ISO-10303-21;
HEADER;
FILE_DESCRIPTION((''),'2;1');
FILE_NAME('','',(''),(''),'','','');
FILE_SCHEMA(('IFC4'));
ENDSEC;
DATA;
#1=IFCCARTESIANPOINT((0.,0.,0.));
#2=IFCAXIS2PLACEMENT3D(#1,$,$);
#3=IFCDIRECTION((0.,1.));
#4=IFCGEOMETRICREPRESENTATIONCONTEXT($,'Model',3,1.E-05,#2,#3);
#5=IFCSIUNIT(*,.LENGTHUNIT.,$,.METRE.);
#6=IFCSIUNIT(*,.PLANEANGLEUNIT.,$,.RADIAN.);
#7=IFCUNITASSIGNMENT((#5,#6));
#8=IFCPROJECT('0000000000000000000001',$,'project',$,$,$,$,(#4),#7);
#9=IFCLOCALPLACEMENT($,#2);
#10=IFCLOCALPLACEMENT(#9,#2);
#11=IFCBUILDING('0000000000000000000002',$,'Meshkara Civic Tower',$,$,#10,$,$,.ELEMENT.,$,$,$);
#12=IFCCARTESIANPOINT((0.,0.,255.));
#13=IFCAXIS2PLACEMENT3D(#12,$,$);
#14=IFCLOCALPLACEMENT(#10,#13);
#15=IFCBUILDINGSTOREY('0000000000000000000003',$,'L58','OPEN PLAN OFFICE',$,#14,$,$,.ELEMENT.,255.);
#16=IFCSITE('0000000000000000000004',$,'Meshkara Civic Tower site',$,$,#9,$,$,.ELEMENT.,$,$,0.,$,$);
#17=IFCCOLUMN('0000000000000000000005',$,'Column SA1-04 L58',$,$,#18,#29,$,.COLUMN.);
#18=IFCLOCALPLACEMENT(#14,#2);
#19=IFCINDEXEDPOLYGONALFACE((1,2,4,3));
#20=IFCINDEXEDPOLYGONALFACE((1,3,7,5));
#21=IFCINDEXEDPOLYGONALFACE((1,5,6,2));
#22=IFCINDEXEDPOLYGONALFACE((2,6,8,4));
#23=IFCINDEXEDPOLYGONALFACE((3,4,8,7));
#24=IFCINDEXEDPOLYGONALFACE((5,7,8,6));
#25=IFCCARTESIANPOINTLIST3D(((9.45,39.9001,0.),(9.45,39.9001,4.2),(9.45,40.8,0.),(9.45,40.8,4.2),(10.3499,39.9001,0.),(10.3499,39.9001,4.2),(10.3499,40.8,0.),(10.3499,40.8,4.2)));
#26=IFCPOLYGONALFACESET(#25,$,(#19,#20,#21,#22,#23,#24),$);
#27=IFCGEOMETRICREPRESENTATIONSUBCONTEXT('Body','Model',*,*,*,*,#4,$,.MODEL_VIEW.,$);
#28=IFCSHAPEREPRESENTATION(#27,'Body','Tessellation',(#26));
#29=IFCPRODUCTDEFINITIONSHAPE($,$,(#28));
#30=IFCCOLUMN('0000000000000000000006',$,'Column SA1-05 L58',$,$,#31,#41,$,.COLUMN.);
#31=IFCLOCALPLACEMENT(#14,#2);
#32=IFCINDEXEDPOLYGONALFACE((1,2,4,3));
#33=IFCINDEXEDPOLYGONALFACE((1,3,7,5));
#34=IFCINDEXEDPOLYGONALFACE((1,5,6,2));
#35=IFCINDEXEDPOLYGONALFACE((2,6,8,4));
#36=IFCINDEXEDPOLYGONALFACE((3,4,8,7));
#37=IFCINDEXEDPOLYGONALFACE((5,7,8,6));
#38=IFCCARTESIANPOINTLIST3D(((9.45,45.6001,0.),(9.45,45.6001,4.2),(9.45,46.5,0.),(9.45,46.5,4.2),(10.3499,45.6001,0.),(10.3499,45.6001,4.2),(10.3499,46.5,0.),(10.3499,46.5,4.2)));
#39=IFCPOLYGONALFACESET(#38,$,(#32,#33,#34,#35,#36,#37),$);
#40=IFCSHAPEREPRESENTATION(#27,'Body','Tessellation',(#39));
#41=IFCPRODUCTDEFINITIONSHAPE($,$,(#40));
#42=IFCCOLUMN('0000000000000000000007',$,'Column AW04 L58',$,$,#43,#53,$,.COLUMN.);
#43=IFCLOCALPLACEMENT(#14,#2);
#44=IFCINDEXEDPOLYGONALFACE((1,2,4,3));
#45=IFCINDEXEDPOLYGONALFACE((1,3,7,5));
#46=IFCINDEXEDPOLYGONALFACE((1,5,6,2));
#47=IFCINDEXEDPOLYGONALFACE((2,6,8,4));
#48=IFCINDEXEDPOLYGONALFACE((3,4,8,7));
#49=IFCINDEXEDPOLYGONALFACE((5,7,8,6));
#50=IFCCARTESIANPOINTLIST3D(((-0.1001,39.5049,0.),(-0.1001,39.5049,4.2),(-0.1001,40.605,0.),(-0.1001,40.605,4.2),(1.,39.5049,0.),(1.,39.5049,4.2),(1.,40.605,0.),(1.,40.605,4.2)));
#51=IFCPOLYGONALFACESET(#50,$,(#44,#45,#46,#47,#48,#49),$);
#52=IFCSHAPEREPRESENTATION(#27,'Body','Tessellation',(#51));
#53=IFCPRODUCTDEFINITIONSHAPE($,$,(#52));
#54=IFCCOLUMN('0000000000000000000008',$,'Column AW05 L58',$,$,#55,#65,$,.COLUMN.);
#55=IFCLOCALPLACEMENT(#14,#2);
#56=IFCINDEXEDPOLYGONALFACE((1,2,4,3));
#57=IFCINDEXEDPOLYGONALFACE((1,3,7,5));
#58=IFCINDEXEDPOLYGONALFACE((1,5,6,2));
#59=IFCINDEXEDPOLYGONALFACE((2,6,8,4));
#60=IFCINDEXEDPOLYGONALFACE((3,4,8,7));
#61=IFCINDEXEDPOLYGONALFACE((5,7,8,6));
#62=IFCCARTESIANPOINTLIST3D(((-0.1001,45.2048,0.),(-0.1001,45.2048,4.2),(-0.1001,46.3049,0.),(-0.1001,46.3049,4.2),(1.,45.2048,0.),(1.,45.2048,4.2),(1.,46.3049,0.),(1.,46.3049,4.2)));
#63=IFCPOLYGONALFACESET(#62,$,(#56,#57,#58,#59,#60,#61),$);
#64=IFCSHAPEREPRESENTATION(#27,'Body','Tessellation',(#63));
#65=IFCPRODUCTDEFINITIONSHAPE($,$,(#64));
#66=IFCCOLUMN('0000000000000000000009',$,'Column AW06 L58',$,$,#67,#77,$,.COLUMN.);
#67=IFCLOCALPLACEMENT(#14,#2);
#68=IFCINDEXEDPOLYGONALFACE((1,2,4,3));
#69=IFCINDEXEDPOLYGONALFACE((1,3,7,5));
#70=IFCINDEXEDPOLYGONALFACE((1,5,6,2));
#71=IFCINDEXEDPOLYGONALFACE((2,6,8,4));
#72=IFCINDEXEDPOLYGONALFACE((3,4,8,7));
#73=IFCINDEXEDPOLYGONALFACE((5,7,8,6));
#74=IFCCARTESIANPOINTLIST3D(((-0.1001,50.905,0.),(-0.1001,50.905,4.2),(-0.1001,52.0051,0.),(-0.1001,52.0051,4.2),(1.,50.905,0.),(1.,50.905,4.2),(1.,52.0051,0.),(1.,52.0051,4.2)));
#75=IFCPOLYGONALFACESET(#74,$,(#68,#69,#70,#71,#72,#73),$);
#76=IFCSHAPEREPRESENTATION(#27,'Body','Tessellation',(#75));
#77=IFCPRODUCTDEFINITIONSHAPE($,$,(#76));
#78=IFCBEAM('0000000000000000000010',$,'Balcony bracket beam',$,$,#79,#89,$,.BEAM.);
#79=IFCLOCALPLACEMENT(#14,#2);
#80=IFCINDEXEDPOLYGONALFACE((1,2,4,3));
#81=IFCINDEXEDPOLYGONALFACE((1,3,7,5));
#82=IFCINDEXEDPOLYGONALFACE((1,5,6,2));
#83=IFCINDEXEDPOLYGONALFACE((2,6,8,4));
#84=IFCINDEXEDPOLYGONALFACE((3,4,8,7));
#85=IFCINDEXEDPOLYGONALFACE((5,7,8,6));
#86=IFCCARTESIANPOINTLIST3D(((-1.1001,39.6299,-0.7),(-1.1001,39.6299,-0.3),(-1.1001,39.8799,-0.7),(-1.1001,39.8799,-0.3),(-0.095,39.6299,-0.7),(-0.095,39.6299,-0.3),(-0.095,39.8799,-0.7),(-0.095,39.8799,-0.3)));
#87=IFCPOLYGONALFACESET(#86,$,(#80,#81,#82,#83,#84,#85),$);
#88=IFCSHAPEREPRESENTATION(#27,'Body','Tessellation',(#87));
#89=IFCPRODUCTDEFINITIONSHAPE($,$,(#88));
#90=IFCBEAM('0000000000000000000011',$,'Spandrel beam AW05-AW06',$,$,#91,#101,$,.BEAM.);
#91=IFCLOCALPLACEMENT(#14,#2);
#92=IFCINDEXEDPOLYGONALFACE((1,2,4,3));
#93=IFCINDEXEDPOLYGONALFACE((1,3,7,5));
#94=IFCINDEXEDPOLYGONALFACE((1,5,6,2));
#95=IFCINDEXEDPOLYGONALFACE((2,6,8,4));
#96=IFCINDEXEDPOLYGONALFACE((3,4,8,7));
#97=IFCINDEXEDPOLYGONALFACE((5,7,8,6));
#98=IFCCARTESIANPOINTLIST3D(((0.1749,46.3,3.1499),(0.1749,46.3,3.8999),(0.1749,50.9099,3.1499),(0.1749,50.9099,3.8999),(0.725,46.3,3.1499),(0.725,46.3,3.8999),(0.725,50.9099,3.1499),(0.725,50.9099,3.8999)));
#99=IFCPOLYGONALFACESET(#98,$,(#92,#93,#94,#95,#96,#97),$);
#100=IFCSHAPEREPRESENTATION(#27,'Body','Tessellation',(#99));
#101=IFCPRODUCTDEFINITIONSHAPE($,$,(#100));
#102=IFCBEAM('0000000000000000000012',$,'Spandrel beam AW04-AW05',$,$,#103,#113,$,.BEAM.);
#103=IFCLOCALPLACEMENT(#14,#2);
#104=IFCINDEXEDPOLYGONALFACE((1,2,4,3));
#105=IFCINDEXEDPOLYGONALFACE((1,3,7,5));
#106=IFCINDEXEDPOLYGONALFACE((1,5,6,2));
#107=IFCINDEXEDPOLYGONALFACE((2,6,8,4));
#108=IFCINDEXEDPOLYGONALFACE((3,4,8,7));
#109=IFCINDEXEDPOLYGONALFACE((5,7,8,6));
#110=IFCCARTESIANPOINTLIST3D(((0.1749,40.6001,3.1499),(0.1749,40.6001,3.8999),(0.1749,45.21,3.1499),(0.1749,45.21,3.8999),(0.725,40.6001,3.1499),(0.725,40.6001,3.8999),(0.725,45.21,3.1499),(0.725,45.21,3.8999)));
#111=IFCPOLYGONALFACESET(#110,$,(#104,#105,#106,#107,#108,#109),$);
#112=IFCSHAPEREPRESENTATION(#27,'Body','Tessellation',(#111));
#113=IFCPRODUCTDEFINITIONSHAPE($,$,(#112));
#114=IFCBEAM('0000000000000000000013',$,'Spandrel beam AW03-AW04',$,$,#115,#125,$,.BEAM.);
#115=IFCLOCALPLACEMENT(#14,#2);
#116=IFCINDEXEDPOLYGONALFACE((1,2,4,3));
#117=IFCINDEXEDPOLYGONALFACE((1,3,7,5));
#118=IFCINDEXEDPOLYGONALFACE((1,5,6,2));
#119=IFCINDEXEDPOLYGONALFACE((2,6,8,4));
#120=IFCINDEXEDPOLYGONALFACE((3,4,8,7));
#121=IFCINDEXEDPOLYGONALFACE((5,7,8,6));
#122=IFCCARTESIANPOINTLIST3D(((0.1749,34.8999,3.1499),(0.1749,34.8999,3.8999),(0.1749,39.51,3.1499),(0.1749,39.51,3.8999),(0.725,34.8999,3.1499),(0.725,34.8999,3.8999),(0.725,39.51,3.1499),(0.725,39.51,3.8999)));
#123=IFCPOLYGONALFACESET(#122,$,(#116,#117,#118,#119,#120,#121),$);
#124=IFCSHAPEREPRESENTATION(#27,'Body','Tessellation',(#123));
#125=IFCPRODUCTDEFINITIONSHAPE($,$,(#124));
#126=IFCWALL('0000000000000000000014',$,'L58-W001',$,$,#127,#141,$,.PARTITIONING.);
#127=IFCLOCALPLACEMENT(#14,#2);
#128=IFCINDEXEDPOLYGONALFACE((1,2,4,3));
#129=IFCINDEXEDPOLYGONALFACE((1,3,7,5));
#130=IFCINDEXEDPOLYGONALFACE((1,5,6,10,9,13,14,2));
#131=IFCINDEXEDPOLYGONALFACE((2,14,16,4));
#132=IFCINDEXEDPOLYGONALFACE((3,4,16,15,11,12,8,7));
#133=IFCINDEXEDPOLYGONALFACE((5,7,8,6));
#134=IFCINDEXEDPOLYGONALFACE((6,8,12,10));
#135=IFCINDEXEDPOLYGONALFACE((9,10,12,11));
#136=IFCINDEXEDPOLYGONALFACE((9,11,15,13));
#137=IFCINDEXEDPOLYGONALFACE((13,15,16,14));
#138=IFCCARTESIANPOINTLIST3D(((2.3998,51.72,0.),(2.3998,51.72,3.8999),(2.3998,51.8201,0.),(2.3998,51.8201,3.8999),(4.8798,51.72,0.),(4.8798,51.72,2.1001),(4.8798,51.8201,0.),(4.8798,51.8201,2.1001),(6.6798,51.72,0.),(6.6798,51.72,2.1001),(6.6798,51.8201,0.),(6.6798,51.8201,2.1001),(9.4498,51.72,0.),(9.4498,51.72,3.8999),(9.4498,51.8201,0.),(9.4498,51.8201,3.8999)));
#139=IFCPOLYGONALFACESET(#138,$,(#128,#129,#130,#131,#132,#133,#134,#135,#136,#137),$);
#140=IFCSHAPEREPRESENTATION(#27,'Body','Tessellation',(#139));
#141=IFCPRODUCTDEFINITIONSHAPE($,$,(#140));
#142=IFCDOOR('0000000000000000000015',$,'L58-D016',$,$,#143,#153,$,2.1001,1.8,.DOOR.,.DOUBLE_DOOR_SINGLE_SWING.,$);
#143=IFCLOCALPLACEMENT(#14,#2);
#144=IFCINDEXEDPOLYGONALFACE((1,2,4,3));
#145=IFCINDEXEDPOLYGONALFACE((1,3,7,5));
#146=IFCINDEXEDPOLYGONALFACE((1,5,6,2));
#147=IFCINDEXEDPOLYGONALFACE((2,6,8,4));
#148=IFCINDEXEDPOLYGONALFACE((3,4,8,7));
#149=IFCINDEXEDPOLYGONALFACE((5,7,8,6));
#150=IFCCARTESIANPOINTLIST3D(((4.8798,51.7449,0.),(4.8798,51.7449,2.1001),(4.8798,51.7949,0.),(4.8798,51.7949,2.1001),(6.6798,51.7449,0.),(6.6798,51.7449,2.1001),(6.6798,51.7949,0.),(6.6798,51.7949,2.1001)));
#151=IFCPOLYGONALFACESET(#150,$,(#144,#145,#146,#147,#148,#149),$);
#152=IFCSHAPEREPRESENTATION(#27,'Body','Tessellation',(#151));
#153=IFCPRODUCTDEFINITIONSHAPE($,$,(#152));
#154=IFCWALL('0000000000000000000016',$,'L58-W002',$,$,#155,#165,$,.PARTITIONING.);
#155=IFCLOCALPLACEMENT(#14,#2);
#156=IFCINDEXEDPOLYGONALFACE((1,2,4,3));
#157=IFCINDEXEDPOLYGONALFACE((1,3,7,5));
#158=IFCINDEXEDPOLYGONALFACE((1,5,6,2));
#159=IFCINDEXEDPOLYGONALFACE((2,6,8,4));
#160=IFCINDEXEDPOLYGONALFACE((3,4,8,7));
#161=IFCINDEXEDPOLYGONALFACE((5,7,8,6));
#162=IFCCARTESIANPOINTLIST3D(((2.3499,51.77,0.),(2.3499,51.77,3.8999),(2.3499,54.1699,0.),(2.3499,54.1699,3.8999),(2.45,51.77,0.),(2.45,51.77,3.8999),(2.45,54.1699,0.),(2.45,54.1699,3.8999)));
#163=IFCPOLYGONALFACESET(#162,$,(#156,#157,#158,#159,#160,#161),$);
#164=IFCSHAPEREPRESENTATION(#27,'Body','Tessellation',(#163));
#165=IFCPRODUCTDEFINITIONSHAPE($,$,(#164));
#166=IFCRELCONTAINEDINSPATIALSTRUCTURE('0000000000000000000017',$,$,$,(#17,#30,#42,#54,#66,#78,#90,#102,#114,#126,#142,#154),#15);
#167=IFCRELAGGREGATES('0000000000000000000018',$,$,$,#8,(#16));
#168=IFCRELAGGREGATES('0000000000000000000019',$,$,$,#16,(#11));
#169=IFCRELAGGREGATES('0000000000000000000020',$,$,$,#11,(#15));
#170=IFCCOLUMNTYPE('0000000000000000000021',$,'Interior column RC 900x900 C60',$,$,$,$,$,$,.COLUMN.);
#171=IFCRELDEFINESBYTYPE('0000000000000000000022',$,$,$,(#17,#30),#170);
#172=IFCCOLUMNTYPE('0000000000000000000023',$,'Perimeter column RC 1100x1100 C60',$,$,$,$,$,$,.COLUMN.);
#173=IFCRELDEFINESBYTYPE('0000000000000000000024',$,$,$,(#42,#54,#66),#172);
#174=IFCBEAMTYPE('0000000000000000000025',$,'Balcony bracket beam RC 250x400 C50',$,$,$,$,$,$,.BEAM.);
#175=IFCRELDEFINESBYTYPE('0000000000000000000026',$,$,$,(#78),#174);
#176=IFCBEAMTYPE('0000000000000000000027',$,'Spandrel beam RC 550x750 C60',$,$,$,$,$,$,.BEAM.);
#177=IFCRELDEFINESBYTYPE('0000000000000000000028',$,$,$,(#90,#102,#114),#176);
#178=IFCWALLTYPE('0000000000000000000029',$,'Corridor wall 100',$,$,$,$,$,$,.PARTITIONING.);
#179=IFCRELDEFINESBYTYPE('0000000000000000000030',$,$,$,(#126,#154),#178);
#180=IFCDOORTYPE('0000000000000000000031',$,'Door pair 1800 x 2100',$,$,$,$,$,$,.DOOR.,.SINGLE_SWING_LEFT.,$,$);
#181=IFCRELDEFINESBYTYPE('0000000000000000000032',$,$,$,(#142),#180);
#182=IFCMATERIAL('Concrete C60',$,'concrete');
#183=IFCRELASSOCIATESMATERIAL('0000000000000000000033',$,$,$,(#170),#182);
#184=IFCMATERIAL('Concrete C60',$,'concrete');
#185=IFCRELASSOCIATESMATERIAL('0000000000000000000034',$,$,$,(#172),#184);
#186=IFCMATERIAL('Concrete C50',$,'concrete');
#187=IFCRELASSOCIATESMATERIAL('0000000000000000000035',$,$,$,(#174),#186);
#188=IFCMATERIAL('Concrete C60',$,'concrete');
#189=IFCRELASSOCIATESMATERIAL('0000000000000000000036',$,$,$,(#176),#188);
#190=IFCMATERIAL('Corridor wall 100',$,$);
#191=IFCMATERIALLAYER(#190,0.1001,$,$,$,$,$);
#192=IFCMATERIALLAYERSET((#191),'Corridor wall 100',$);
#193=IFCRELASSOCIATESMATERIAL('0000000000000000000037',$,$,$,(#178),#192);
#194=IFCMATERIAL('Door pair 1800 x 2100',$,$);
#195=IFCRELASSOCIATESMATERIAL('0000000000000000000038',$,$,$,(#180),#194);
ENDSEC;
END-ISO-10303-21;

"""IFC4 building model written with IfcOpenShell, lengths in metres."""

from ifc_helpers import new_model, si_unit, direction, frame, frame_2d, origin, origin_2d, place, context, subcontext, project, spatial, rectangle, extrude, material, layer, layer_set, material_profile, profile_set, type_object, element, fill, save


model = new_model("IFC4")

# Units and contexts
model_context = context("Model", 3, precision=1e-05, world=origin(), true_north=direction((0.0, 1.0)))
body_context = subcontext(model_context, "Body", "Model", "MODEL_VIEW")
ifc_project = project(units=[si_unit("LENGTHUNIT", "METRE"), si_unit("PLANEANGLEUNIT", "RADIAN")], contexts=[model_context])

# Site, building, storey
site_placement = place(None, origin())
site = spatial("IfcSite", under=ifc_project, at=site_placement, Name="Meshkara Civic Tower site", CompositionType="ELEMENT", RefElevation=0.0)
building_placement = place(site_placement, origin())
building = spatial("IfcBuilding", under=site, at=building_placement, Name="Meshkara Civic Tower", CompositionType="ELEMENT")
storey_placement = place(building_placement, frame((0.0, 0.0, 255.0)))
storey = spatial("IfcBuildingStorey", under=building, at=storey_placement, Name="L58", Description="OPEN PLAN OFFICE", CompositionType="ELEMENT", Elevation=255.0)

# Columns
ifc_material_1 = material(Name="Concrete C60", Category="concrete")
ifc_material_profile_1 = material_profile(ifc_material_1, rectangle(XDim=0.8999, YDim=0.8999, at=origin_2d()))
ifc_profile_set_1 = profile_set([ifc_material_profile_1], Name="Concrete C60")
column_type_1 = type_object("IfcColumnType", Name="Interior column RC 900x900 C60", PredefinedType="COLUMN", material=ifc_profile_set_1)
for number, where, z_axis, x_axis, name in (
    (1, (9.8999, 40.3501, 0.0), (0.0, 0.0, 1.0), (1.0, 0.0, 0.0), "Column SA1-04 L58"),
    (2, (9.8999, 46.05, 0.0), (0.0, 0.0, 1.0), (1.0, 0.0, 0.0), "Column SA1-05 L58"),
):
    element("IfcColumn", number, at=place(storey_placement, frame(where, z_axis=z_axis, x_axis=x_axis)), inside=storey, type_object=column_type_1, Name=name, PredefinedType="COLUMN", context=body_context, shape_type="SweptSolid", body=[
        extrude(rectangle(XDim=0.8999, YDim=0.8999, at=origin_2d()), origin(), (0.0, 0.0, 1.0), 4.2),
    ])
ifc_material_2 = material(Name="Concrete C60", Category="concrete")
ifc_material_profile_2 = material_profile(ifc_material_2, rectangle(XDim=1.1001, YDim=1.1001, at=origin_2d()))
ifc_profile_set_2 = profile_set([ifc_material_profile_2], Name="Concrete C60")
column_type_2 = type_object("IfcColumnType", Name="Perimeter column RC 1100x1100 C60", PredefinedType="COLUMN", material=ifc_profile_set_2)
for number, where, z_axis, x_axis, name in (
    (3, (0.45, 40.0549, 0.0), (0.0, 0.0, 1.0), (1.0, 0.0, 0.0), "Column AW04 L58"),
    (4, (0.45, 45.7549, 0.0), (0.0, 0.0, 1.0), (1.0, 0.0, 0.0), "Column AW05 L58"),
    (5, (0.45, 51.4551, 0.0), (0.0, 0.0, 1.0), (1.0, 0.0, 0.0), "Column AW06 L58"),
):
    element("IfcColumn", number, at=place(storey_placement, frame(where, z_axis=z_axis, x_axis=x_axis)), inside=storey, type_object=column_type_2, Name=name, PredefinedType="COLUMN", context=body_context, shape_type="SweptSolid", body=[
        extrude(rectangle(XDim=1.1001, YDim=1.1001, at=origin_2d()), origin(), (0.0, 0.0, 1.0), 4.2),
    ])

# Beams
ifc_material_3 = material(Name="Concrete C50", Category="concrete")
ifc_material_profile_3 = material_profile(ifc_material_3, rectangle(XDim=0.25, YDim=0.3999, at=origin_2d()))
ifc_profile_set_3 = profile_set([ifc_material_profile_3], Name="Concrete C50")
beam_type_1 = type_object("IfcBeamType", Name="Balcony bracket beam RC 250x400 C50", PredefinedType="BEAM", material=ifc_profile_set_3)
beam_1_placement = place(storey_placement, frame((-0.095, 39.7549, -0.5), z_axis=(-1.0, 0.0, 0.0), x_axis=(0.0, -1.0, 0.0)))
element("IfcBeam", 6, at=beam_1_placement, inside=storey, type_object=beam_type_1, Name="Balcony bracket beam", PredefinedType="BEAM", context=body_context, shape_type="SweptSolid", body=[
    extrude(rectangle(XDim=0.25, YDim=0.3999, at=origin_2d()), origin(), (0.0, 0.0, 1.0), 1.0051),
])
ifc_material_4 = material(Name="Concrete C60", Category="concrete")
ifc_material_profile_4 = material_profile(ifc_material_4, rectangle(XDim=0.55, YDim=0.75, at=origin_2d()))
ifc_profile_set_4 = profile_set([ifc_material_profile_4], Name="Concrete C60")
beam_type_2 = type_object("IfcBeamType", Name="Spandrel beam RC 550x750 C60", PredefinedType="BEAM", material=ifc_profile_set_4)
for number, where, z_axis, x_axis, name in (
    (7, (0.45, 50.9099, 3.5249), (0.0, -1.0, 0.0), (1.0, 0.0, 0.0), "Spandrel beam AW05-AW06"),
    (8, (0.45, 45.21, 3.5249), (0.0, -1.0, 0.0), (1.0, 0.0, 0.0), "Spandrel beam AW04-AW05"),
):
    element("IfcBeam", number, at=place(storey_placement, frame(where, z_axis=z_axis, x_axis=x_axis)), inside=storey, type_object=beam_type_2, Name=name, PredefinedType="BEAM", context=body_context, shape_type="SweptSolid", body=[
        extrude(rectangle(XDim=0.55, YDim=0.75, at=origin_2d()), origin(), (0.0, 0.0, 1.0), 4.6099),
    ])
beam_2_placement = place(storey_placement, frame((0.45, 39.51, 3.5249), z_axis=(0.0, -1.0, 0.0), x_axis=(1.0, 0.0, 0.0)))
element("IfcBeam", 9, at=beam_2_placement, inside=storey, type_object=beam_type_2, Name="Spandrel beam AW03-AW04", PredefinedType="BEAM", context=body_context, shape_type="SweptSolid", body=[
    extrude(rectangle(XDim=0.55, YDim=0.75, at=origin_2d()), origin(), (0.0, 0.0, 1.0), 4.6101),
])

# Wall, opening, door
ifc_material_5 = material(Name="Corridor wall 100")
ifc_layer_1 = layer(ifc_material_5, 0.1001)
ifc_layer_set_1 = layer_set([ifc_layer_1], Name="Corridor wall 100")
wall_type_1 = type_object("IfcWallType", Name="Corridor wall 100", PredefinedType="PARTITIONING", material=ifc_layer_set_1)
wall_1_placement = place(storey_placement, frame((2.3999, 51.77, 0.0), z_axis=(0.0, 0.0, 1.0), x_axis=(1.0, 0.0, 0.0)))
wall_1 = element("IfcWall", 10, at=wall_1_placement, inside=storey, type_object=wall_type_1, Name="L58-W001", PredefinedType="PARTITIONING", context=body_context, shape_type="SweptSolid", body=[
    extrude(rectangle(XDim=7.05, YDim=0.1001, at=frame_2d((3.5249, 0.0))), origin(), (0.0, 0.0, 1.0), 3.8999),
])
opening_1_placement = place(wall_1_placement, frame((2.48, 0.0, 0.0)))
opening_1 = element("IfcOpeningElement", 11, at=opening_1_placement, cuts=wall_1, PredefinedType="OPENING", context=body_context, shape_type="SweptSolid", body=[
    extrude(rectangle(XDim=1.8, YDim=2.1001, at=frame_2d((0.8999, 1.05))), frame((0.0, 0.0601, 0.0), z_axis=(0.0, -1.0, 0.0), x_axis=(1.0, 0.0, 0.0)), (0.0, 0.0, 1.0), 0.1201),
])
ifc_material_6 = material(Name="Door pair 1800 x 2100")
door_type = type_object("IfcDoorType", Name="Door pair 1800 x 2100", OperationType="SINGLE_SWING_LEFT", PredefinedType="DOOR", material=ifc_material_6)
door_1_placement = place(opening_1_placement, origin())
door_1 = element("IfcDoor", 12, at=door_1_placement, inside=storey, type_object=door_type, Name="L58-D016", OperationType="DOUBLE_DOOR_SINGLE_SWING", OverallHeight=2.1001, OverallWidth=1.8, PredefinedType="DOOR", context=body_context, shape_type="SweptSolid", body=[
    extrude(rectangle(XDim=1.8, YDim=2.1001, at=frame_2d((0.8999, 1.05))), frame((0.0, 0.0249, 0.0), z_axis=(0.0, -1.0, 0.0), x_axis=(1.0, 0.0, 0.0)), (0.0, 0.0, 1.0), 0.05),
])
fill(opening_1, door_1)

# Wall
wall_2_placement = place(storey_placement, frame((2.3999, 54.1699, 0.0), z_axis=(0.0, 0.0, 1.0), x_axis=(0.0, -1.0, 0.0)))
element("IfcWall", 13, at=wall_2_placement, inside=storey, type_object=wall_type_1, Name="L58-W002", PredefinedType="PARTITIONING", context=body_context, shape_type="SweptSolid", body=[
    extrude(rectangle(XDim=2.3999, YDim=0.1001, at=frame_2d((1.2, 0.0))), origin(), (0.0, 0.0, 1.0), 3.8999),
])

save(model, "model.ifc")
